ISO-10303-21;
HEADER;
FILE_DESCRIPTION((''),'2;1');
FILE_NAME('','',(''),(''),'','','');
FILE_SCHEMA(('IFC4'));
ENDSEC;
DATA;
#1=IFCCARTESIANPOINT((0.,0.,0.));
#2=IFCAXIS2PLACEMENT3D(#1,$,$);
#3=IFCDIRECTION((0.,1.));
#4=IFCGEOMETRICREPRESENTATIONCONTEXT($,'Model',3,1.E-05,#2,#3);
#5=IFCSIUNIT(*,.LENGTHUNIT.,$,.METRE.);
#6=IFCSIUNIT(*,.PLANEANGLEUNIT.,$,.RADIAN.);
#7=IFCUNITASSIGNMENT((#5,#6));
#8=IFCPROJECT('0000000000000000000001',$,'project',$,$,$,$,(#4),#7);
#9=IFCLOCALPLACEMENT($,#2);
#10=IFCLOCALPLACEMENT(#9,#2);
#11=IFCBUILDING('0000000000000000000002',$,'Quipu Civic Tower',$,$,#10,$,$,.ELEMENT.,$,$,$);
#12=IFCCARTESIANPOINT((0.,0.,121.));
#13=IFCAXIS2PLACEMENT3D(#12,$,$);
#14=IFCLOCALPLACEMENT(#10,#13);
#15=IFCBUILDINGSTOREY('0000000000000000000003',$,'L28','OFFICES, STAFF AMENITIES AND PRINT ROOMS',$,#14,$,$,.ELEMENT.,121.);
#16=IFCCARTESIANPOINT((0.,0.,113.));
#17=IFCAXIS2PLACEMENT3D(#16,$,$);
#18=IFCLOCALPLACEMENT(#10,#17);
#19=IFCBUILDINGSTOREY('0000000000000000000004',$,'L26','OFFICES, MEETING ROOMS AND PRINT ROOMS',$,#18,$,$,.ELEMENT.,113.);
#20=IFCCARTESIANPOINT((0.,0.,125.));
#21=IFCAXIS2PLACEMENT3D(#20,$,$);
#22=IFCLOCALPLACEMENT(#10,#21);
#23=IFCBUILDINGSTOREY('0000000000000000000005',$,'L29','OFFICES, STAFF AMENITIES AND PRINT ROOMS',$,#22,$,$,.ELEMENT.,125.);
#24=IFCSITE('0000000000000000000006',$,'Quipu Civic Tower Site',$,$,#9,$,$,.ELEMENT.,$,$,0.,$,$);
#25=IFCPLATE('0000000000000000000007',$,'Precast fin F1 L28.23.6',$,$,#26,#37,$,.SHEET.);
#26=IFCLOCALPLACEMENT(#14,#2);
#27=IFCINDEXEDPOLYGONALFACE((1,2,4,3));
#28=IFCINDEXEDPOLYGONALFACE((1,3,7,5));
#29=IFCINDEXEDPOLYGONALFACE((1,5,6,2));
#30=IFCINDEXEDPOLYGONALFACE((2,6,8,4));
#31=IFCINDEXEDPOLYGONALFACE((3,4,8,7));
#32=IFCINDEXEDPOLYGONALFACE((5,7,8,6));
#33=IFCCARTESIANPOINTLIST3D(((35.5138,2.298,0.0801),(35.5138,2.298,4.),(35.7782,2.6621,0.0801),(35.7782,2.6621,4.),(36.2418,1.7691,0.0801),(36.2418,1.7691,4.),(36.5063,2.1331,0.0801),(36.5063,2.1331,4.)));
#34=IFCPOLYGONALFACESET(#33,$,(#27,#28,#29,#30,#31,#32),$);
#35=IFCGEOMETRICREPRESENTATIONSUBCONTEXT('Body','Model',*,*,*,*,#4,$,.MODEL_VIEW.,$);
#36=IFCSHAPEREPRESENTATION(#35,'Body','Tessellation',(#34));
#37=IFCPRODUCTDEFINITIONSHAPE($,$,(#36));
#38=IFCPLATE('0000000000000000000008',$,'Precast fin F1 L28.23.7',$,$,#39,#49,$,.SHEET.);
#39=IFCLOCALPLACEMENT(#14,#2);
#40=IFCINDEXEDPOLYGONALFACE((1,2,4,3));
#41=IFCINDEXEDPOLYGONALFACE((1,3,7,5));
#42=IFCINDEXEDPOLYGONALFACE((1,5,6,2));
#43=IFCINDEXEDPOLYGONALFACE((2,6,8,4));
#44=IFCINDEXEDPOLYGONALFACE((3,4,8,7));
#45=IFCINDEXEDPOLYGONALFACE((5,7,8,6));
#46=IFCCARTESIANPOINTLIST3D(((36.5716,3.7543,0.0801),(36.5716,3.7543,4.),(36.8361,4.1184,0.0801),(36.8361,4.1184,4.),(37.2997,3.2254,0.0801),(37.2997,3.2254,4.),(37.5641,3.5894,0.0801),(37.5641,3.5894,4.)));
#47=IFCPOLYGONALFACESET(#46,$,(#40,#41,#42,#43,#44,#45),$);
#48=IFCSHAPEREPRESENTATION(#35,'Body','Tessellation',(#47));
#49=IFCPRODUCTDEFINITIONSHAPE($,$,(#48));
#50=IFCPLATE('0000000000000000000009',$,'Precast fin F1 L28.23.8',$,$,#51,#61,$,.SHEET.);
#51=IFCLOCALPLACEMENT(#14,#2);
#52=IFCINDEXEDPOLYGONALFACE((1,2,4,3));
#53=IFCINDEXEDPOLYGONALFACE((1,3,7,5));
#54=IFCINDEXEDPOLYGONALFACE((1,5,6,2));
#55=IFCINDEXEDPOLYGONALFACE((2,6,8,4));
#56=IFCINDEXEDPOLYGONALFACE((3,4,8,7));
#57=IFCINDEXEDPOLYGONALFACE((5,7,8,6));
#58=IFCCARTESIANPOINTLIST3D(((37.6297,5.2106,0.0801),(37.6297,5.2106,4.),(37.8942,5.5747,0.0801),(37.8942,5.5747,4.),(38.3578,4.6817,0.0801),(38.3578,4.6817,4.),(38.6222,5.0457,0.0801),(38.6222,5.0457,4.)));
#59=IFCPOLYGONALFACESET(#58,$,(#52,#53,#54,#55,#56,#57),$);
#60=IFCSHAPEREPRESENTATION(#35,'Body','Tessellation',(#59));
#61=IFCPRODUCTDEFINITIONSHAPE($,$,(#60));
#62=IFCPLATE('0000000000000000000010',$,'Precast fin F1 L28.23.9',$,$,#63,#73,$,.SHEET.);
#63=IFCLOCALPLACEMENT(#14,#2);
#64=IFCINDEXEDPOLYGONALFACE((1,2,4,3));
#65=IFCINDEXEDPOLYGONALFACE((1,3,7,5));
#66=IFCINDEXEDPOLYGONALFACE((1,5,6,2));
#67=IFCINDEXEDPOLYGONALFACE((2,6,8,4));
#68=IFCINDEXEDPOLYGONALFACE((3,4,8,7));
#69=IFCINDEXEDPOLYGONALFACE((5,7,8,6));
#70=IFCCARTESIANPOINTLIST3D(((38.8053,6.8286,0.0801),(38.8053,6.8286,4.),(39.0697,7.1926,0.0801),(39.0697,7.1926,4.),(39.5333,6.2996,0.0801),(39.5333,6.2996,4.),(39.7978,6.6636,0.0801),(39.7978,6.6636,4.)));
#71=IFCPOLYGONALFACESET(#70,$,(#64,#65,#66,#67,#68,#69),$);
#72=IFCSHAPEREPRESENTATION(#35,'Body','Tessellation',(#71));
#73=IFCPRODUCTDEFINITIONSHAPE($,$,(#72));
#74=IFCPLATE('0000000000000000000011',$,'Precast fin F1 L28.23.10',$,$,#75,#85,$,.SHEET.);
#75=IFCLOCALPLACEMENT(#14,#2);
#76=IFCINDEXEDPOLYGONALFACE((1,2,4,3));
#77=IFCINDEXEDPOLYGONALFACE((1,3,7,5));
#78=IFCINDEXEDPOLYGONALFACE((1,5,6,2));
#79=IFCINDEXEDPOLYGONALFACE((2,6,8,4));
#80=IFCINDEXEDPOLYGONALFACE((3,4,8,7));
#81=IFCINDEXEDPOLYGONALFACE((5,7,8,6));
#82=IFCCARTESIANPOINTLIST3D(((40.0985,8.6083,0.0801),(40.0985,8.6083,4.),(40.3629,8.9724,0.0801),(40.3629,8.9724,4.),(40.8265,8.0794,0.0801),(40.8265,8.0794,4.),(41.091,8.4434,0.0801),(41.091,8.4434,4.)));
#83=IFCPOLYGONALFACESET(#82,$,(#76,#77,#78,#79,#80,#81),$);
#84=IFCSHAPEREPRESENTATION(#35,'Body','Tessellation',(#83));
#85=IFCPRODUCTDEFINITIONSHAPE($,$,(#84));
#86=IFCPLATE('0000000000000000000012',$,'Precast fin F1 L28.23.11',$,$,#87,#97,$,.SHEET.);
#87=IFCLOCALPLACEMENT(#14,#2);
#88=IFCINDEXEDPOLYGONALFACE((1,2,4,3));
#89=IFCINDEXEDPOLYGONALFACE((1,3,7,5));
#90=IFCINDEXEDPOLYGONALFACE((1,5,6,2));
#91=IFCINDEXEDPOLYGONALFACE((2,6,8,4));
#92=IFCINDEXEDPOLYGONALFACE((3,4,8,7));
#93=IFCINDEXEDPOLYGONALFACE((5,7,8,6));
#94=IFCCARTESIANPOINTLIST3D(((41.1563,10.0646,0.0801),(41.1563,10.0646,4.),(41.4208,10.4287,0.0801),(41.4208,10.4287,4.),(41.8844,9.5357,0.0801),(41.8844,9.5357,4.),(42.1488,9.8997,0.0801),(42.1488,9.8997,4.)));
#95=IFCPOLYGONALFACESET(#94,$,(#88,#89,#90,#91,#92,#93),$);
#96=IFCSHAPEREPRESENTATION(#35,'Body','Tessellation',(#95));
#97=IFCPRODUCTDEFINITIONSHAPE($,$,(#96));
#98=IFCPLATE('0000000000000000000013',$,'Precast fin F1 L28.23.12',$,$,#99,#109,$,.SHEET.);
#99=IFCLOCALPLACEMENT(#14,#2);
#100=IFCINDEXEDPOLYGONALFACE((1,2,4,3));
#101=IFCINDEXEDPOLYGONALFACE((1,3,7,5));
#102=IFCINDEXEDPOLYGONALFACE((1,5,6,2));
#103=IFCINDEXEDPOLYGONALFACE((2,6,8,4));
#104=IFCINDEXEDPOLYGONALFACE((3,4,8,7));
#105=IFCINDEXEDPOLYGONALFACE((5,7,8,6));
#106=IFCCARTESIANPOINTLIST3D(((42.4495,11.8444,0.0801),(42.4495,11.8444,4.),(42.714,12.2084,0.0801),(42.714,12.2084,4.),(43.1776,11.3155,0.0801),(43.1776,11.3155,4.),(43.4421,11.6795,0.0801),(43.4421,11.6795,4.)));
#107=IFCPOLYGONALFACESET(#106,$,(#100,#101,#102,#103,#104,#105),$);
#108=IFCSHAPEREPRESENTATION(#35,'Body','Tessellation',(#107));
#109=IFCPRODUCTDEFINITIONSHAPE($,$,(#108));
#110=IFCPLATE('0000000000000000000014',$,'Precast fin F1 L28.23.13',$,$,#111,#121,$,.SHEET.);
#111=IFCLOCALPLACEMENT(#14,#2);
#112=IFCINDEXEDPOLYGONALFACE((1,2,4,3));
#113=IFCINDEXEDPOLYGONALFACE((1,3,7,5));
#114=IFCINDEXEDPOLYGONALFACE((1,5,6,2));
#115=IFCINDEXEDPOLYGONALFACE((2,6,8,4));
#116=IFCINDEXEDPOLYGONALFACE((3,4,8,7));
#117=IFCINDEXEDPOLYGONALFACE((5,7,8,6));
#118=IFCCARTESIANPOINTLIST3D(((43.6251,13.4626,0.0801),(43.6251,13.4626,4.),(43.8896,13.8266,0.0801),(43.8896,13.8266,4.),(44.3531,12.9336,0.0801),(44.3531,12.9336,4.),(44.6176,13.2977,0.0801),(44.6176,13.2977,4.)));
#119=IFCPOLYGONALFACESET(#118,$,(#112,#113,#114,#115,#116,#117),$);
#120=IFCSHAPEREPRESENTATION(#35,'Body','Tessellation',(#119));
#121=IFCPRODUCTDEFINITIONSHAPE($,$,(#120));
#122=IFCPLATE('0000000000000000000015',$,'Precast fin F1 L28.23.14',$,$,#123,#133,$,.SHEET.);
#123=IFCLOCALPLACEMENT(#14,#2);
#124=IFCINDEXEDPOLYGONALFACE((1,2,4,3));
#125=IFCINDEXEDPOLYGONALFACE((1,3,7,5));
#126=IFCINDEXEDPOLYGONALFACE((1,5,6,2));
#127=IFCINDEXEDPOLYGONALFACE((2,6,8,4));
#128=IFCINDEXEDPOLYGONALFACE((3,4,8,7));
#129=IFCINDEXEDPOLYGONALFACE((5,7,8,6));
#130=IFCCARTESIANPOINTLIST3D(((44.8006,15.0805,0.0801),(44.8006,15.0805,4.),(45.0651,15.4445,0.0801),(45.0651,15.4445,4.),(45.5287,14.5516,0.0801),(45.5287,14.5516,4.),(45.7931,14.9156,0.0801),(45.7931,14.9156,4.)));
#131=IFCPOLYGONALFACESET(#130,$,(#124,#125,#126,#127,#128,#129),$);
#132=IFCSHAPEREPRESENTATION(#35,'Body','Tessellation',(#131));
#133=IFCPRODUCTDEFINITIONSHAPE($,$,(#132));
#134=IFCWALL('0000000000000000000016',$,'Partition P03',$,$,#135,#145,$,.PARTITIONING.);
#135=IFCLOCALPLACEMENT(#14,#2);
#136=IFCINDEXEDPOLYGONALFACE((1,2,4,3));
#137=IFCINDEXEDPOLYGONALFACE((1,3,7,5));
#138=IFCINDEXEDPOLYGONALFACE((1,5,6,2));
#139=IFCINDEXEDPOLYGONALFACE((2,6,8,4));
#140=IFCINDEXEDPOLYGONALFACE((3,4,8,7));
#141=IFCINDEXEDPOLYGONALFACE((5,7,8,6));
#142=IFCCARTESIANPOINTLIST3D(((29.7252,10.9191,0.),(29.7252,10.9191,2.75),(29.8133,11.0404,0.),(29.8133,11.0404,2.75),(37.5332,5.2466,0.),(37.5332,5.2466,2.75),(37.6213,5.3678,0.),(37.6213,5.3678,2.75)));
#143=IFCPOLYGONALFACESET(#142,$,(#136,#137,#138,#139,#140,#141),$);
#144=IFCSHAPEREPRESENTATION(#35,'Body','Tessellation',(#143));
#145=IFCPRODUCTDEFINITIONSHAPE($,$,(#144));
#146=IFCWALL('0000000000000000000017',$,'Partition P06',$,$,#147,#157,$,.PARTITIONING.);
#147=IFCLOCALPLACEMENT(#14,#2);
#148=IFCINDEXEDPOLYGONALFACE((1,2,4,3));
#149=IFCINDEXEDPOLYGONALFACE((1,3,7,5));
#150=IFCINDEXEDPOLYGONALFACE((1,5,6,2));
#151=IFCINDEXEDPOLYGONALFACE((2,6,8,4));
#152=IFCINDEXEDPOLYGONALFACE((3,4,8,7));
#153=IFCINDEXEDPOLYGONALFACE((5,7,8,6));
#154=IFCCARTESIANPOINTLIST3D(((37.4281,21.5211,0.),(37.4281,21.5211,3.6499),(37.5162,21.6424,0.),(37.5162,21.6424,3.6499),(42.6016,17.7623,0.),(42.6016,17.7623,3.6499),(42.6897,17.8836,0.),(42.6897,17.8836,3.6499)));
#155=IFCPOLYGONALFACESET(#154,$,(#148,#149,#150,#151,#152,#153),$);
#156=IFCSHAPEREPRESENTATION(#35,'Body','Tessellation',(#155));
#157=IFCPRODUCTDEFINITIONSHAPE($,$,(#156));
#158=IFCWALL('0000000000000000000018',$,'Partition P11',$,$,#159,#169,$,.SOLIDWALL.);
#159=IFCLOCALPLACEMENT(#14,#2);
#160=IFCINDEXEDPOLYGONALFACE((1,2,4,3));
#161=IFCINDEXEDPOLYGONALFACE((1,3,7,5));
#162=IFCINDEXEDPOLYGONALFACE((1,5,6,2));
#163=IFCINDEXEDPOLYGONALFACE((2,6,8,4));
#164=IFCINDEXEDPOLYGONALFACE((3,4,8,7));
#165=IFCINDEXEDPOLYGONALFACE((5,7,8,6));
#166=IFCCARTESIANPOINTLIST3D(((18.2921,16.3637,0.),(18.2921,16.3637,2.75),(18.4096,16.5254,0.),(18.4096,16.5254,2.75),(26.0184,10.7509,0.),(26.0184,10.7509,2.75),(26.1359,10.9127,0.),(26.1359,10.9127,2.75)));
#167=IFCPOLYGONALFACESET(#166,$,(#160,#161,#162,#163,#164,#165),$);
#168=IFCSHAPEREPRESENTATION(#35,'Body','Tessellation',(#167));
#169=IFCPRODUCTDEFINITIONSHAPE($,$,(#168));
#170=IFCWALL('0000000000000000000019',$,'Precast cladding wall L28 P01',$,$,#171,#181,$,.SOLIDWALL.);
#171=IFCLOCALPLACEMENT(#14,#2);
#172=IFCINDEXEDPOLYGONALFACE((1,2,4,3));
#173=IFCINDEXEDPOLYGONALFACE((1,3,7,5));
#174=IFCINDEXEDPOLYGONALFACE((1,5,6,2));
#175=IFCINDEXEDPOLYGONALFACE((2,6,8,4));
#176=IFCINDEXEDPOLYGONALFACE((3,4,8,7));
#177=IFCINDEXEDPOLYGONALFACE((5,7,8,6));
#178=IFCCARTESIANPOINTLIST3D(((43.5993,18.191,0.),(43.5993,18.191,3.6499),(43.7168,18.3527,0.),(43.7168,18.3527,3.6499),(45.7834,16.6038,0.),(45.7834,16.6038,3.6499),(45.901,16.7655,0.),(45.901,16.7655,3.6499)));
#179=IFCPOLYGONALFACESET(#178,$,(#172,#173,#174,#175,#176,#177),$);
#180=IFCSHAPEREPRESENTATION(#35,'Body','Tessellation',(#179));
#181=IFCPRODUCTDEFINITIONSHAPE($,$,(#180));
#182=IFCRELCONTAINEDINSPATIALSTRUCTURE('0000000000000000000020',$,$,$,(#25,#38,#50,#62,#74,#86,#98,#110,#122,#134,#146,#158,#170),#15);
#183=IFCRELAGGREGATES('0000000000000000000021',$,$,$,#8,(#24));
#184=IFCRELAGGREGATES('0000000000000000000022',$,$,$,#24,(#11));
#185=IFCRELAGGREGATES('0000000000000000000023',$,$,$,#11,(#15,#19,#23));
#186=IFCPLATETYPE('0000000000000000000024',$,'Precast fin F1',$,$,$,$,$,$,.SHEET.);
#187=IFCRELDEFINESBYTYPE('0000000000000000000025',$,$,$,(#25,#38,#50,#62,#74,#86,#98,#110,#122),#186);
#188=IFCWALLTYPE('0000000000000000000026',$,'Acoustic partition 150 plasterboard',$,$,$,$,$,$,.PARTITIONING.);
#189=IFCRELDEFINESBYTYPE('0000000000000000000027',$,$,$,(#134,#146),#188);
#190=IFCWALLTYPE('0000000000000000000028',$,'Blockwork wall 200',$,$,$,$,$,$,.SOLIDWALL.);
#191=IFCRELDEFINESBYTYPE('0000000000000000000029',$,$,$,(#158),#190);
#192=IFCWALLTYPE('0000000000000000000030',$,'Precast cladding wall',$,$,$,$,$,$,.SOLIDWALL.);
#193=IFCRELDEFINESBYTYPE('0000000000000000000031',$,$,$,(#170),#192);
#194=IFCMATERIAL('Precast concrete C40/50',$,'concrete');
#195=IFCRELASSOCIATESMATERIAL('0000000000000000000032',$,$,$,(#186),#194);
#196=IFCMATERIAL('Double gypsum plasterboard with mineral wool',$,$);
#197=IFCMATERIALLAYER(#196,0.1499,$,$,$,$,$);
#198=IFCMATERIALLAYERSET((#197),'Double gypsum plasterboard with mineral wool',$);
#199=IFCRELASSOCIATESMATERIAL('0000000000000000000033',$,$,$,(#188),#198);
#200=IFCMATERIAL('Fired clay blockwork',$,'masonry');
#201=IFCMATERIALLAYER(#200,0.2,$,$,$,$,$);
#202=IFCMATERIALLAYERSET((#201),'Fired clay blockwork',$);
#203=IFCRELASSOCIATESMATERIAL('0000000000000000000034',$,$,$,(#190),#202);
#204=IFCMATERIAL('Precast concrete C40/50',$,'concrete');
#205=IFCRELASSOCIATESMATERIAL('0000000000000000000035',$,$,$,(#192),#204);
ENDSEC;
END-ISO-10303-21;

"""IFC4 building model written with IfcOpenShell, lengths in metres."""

from ifc_helpers import new_model, si_unit, direction, frame, frame_2d, origin, origin_2d, place, context, subcontext, project, spatial, rectangle, extrude, material, layer, layer_set, type_object, element, save


model = new_model("IFC4")

# Units and contexts
model_context = context("Model", 3, precision=1e-05, world=origin(), true_north=direction((0.0, 1.0)))
body_context = subcontext(model_context, "Body", "Model", "MODEL_VIEW")
ifc_project = project(units=[si_unit("LENGTHUNIT", "METRE"), si_unit("PLANEANGLEUNIT", "RADIAN")], contexts=[model_context])

# Site, building, storey
site_placement = place(None, origin())
site = spatial("IfcSite", under=ifc_project, at=site_placement, Name="Quipu Civic Tower Site", CompositionType="ELEMENT", RefElevation=0.0)
building_placement = place(site_placement, origin())
building = spatial("IfcBuilding", under=site, at=building_placement, Name="Quipu Civic Tower", CompositionType="ELEMENT")
storey_1_placement = place(building_placement, frame((0.0, 0.0, 121.0)))
storey_1 = spatial("IfcBuildingStorey", under=building, at=storey_1_placement, Name="L28", Description="OFFICES, STAFF AMENITIES AND PRINT ROOMS", CompositionType="ELEMENT", Elevation=121.0)

# Shared definitions
storey_2_placement = place(building_placement, frame((0.0, 0.0, 113.0)))
storey_2 = spatial("IfcBuildingStorey", under=building, at=storey_2_placement, Name="L26", Description="OFFICES, MEETING ROOMS AND PRINT ROOMS", CompositionType="ELEMENT", Elevation=113.0)

# Shared definitions
storey_3_placement = place(building_placement, frame((0.0, 0.0, 125.0)))
storey_3 = spatial("IfcBuildingStorey", under=building, at=storey_3_placement, Name="L29", Description="OFFICES, STAFF AMENITIES AND PRINT ROOMS", CompositionType="ELEMENT", Elevation=125.0)

# Plates
ifc_material_1 = material(Name="Precast concrete C40/50", Category="concrete")
plate_type_1 = type_object("IfcPlateType", Name="Precast fin F1", PredefinedType="SHEET", material=ifc_material_1)
for number, where, z_axis, x_axis, name in (
    (1, (36.01, 2.2156, 0.0801), (0.0, 0.0, 1.0), (0.587786, 0.809017, 0.0), "Precast fin F1 L28.23.6"),
    (2, (37.0679, 3.6719, 0.0801), (0.0, 0.0, 1.0), (0.587786, 0.809017, 0.0), "Precast fin F1 L28.23.7"),
    (3, (38.126, 5.1282, 0.0801), (0.0, 0.0, 1.0), (0.587786, 0.809017, 0.0), "Precast fin F1 L28.23.8"),
    (4, (39.3015, 6.7461, 0.0801), (0.0, 0.0, 1.0), (0.587786, 0.809017, 0.0), "Precast fin F1 L28.23.9"),
    (5, (40.5947, 8.5259, 0.0801), (0.0, 0.0, 1.0), (0.587786, 0.809017, 0.0), "Precast fin F1 L28.23.10"),
    (6, (41.6526, 9.9822, 0.0801), (0.0, 0.0, 1.0), (0.587786, 0.809017, 0.0), "Precast fin F1 L28.23.11"),
    (7, (42.9458, 11.762, 0.0801), (0.0, 0.0, 1.0), (0.587786, 0.809017, 0.0), "Precast fin F1 L28.23.12"),
    (8, (44.1213, 13.3801, 0.0801), (0.0, 0.0, 1.0), (0.587786, 0.809017, 0.0), "Precast fin F1 L28.23.13"),
    (9, (45.2969, 14.998, 0.0801), (0.0, 0.0, 1.0), (0.587786, 0.809017, 0.0), "Precast fin F1 L28.23.14"),
):
    element("IfcPlate", number, at=place(storey_1_placement, frame(where, z_axis=z_axis, x_axis=x_axis)), inside=storey_1, type_object=plate_type_1, Name=name, PredefinedType="SHEET", context=body_context, shape_type="SweptSolid", body=[
        extrude(rectangle(XDim=0.45, YDim=0.8999, at=origin_2d()), origin(), (0.0, 0.0, 1.0), 3.9199),
    ])

# Walls
ifc_material_2 = material(Name="Double gypsum plasterboard with mineral wool")
ifc_layer_1 = layer(ifc_material_2, 0.1499)
ifc_layer_set_1 = layer_set([ifc_layer_1], Name="Double gypsum plasterboard with mineral wool")
wall_type_1 = type_object("IfcWallType", Name="Acoustic partition 150 plasterboard", PredefinedType="PARTITIONING", material=ifc_layer_set_1)
wall_1_placement = place(storey_1_placement, frame((37.5774, 5.3071, 0.0), z_axis=(0.0, 0.0, 1.0), x_axis=(-0.809032, 0.587764, 0.0)))
element("IfcWall", 10, at=wall_1_placement, inside=storey_1, type_object=wall_type_1, Name="Partition P03", PredefinedType="PARTITIONING", context=body_context, shape_type="SweptSolid", body=[
    extrude(rectangle(XDim=9.6511, YDim=0.1499, at=frame_2d((4.8257, 0.0))), origin(), (0.0, 0.0, 1.0), 2.75),
])
wall_2_placement = place(storey_1_placement, frame((42.6455, 17.823, 0.0), z_axis=(0.0, 0.0, 1.0), x_axis=(-0.809007, 0.587799, 0.0)))
element("IfcWall", 11, at=wall_2_placement, inside=storey_1, type_object=wall_type_1, Name="Partition P06", PredefinedType="PARTITIONING", context=body_context, shape_type="SweptSolid", body=[
    extrude(rectangle(XDim=6.3948, YDim=0.1499, at=frame_2d((3.1973, 0.0))), origin(), (0.0, 0.0, 1.0), 3.6499),
])
ifc_material_3 = material(Name="Fired clay blockwork", Category="masonry")
ifc_layer_2 = layer(ifc_material_3, 0.2)
ifc_layer_set_2 = layer_set([ifc_layer_2], Name="Fired clay blockwork")
wall_type_2 = type_object("IfcWallType", Name="Blockwork wall 200", PredefinedType="SOLIDWALL", material=ifc_layer_set_2)
wall_3_placement = place(storey_1_placement, frame((26.0771, 10.8318, 0.0), z_axis=(0.0, 0.0, 1.0), x_axis=(-0.809052, 0.587737, 0.0)))
element("IfcWall", 12, at=wall_3_placement, inside=storey_1, type_object=wall_type_2, Name="Partition P11", PredefinedType="SOLIDWALL", context=body_context, shape_type="SweptSolid", body=[
    extrude(rectangle(XDim=9.5498, YDim=0.2, at=frame_2d((4.7749, 0.0))), origin(), (0.0, 0.0, 1.0), 2.75),
])
ifc_material_4 = material(Name="Precast concrete C40/50", Category="concrete")
wall_type_3 = type_object("IfcWallType", Name="Precast cladding wall", PredefinedType="SOLIDWALL", material=ifc_material_4)
wall_4_placement = place(storey_1_placement, frame((45.8423, 16.6846, 0.0), z_axis=(0.0, 0.0, 1.0), x_axis=(-0.808959, 0.587865, 0.0)))
element("IfcWall", 13, at=wall_4_placement, inside=storey_1, type_object=wall_type_3, Name="Precast cladding wall L28 P01", PredefinedType="SOLIDWALL", context=body_context, shape_type="SweptSolid", body=[
    extrude(rectangle(XDim=2.7, YDim=0.2, at=frame_2d((1.3501, 0.0))), origin(), (0.0, 0.0, 1.0), 3.6499),
])

save(model, "model.ifc")
